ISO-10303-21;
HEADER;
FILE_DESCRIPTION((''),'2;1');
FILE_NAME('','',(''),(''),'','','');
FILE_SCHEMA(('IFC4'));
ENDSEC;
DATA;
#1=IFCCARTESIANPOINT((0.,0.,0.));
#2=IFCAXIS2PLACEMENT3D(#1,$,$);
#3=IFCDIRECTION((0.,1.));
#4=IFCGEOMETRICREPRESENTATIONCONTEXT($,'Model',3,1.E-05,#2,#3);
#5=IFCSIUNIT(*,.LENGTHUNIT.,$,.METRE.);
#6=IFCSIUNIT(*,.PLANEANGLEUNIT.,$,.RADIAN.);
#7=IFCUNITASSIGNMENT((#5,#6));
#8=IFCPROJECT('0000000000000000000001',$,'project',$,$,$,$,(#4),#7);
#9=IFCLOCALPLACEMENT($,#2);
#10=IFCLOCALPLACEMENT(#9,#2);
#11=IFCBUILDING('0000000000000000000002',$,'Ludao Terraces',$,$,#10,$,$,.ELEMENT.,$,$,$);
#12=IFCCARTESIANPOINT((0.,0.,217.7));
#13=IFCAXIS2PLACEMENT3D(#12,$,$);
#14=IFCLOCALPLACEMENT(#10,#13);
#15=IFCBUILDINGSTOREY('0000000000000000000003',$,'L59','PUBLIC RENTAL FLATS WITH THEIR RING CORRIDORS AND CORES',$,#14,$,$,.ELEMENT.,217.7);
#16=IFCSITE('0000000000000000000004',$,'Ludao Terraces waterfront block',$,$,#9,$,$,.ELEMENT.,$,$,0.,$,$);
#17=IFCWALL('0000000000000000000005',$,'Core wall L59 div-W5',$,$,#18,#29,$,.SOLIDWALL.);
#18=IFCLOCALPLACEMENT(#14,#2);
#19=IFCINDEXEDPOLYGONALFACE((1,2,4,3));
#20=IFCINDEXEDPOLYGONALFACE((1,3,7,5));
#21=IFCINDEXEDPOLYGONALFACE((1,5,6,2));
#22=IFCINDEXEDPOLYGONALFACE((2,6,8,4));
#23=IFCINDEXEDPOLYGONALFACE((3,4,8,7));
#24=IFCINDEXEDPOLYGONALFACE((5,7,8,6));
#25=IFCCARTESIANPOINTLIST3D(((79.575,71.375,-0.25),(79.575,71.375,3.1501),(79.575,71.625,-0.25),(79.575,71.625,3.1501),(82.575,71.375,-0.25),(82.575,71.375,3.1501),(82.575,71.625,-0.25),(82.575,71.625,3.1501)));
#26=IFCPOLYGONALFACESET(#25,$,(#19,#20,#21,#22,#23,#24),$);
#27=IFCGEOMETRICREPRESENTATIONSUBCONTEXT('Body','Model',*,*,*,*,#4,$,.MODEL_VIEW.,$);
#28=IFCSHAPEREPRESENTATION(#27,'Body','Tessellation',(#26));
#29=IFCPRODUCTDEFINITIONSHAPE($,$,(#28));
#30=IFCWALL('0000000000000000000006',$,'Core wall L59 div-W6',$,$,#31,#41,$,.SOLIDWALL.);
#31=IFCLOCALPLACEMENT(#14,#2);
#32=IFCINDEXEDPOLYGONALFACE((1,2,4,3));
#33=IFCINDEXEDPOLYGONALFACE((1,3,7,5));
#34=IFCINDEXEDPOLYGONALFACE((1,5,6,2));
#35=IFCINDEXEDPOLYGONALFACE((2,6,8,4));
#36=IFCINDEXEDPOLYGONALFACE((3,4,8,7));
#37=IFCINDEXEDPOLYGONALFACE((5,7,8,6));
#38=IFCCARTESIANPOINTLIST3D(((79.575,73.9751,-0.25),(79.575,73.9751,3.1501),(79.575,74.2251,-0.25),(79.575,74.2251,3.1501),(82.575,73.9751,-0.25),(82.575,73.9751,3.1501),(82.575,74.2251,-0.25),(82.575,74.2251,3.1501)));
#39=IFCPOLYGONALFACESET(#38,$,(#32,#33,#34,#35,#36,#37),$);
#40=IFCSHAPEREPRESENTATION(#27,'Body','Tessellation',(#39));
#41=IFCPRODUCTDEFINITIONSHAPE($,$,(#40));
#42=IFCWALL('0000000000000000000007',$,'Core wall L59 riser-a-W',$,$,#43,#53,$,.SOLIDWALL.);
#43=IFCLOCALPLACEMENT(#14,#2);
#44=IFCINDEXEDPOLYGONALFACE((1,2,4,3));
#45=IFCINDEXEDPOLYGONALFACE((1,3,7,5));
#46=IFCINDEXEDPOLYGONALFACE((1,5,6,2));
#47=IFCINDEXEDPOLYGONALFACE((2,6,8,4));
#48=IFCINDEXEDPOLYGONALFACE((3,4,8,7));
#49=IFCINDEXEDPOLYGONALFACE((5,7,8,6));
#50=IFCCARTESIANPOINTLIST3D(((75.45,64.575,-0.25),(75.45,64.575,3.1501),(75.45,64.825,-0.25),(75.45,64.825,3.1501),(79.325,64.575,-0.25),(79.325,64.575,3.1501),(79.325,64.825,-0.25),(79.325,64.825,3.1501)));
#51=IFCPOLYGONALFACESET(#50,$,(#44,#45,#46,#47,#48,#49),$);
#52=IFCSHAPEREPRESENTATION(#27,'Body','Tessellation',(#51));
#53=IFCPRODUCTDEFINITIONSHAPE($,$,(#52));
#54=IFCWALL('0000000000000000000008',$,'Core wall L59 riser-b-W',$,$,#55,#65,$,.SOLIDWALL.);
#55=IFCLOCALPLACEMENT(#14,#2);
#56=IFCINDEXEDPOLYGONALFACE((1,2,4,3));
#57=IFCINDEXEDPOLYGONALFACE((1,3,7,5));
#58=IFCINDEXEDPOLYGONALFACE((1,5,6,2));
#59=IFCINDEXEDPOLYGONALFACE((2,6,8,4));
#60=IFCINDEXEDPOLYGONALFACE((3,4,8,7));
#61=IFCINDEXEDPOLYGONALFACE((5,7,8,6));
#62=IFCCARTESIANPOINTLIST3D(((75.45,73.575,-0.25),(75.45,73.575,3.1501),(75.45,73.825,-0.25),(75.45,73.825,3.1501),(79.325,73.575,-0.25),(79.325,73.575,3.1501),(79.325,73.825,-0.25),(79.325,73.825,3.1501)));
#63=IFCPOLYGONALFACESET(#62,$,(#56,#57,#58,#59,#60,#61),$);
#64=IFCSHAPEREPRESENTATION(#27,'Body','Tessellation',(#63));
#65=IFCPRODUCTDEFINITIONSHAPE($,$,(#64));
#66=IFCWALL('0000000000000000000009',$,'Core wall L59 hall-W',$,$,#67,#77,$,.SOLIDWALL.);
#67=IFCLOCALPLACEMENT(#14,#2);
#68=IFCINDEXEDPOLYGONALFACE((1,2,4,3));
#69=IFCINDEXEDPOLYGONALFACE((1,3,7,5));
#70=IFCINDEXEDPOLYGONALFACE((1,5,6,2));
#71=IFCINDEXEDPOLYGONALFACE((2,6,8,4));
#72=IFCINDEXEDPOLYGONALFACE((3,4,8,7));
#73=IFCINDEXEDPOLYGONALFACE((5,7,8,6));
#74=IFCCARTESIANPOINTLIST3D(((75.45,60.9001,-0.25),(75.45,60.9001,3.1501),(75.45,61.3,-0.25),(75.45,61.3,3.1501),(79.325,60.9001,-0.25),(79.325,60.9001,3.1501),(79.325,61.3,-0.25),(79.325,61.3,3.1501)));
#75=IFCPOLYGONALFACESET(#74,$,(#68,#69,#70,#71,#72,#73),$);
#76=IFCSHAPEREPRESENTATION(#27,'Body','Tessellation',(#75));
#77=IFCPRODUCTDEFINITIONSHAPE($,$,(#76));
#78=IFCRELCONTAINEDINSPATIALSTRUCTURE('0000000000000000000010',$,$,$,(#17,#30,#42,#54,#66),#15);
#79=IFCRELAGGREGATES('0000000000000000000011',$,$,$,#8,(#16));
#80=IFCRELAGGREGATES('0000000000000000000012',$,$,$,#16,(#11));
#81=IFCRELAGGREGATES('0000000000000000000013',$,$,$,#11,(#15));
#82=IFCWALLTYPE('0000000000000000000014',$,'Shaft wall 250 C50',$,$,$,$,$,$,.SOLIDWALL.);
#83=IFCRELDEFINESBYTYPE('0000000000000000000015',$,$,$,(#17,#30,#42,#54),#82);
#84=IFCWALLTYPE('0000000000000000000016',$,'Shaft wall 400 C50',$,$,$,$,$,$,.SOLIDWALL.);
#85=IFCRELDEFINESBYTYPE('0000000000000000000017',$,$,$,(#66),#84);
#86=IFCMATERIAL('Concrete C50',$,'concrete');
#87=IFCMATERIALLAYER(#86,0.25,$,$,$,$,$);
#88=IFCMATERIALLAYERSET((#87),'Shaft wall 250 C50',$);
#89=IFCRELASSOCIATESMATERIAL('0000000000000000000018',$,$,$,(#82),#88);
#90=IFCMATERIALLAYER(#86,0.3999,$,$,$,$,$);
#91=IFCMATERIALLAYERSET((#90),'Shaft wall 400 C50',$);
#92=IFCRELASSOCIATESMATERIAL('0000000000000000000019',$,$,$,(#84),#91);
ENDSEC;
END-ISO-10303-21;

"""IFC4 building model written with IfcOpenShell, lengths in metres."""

from ifc_helpers import new_model, si_unit, direction, frame, frame_2d, origin, place, context, subcontext, project, spatial, rectangle, extrude, material, layer, layer_set, type_object, element, save


model = new_model("IFC4")

# Units and contexts
model_context = context("Model", 3, precision=1e-05, world=origin(), true_north=direction((0.0, 1.0)))
body_context = subcontext(model_context, "Body", "Model", "MODEL_VIEW")
ifc_project = project(units=[si_unit("LENGTHUNIT", "METRE"), si_unit("PLANEANGLEUNIT", "RADIAN")], contexts=[model_context])

# Site, building, storey
site_placement = place(None, origin())
site = spatial("IfcSite", under=ifc_project, at=site_placement, Name="Ludao Terraces waterfront block", CompositionType="ELEMENT", RefElevation=0.0)
building_placement = place(site_placement, origin())
building = spatial("IfcBuilding", under=site, at=building_placement, Name="Ludao Terraces", CompositionType="ELEMENT")
storey_placement = place(building_placement, frame((0.0, 0.0, 217.7)))
storey = spatial("IfcBuildingStorey", under=building, at=storey_placement, Name="L59", Description="PUBLIC RENTAL FLATS WITH THEIR RING CORRIDORS AND CORES", CompositionType="ELEMENT", Elevation=217.7)

# Shared definitions
ifc_material_1 = material(Name="Concrete C50", Category="concrete")
ifc_layer_1 = layer(ifc_material_1, 0.25)
ifc_layer_set_1 = layer_set([ifc_layer_1], Name="Shaft wall 250 C50")
wall_type_1 = type_object("IfcWallType", Name="Shaft wall 250 C50", PredefinedType="SOLIDWALL", material=ifc_layer_set_1)

# Walls
for number, where, z_axis, x_axis, name in (
    (1, (79.575, 71.5, -0.25), (0.0, 0.0, 1.0), (1.0, 0.0, 0.0), "Core wall L59 div-W5"),
    (2, (79.575, 74.1001, -0.25), (0.0, 0.0, 1.0), (1.0, 0.0, 0.0), "Core wall L59 div-W6"),
):
    element("IfcWall", number, at=place(storey_placement, frame(where, z_axis=z_axis, x_axis=x_axis)), inside=storey, type_object=wall_type_1, Name=name, PredefinedType="SOLIDWALL", context=body_context, shape_type="SweptSolid", body=[
        extrude(rectangle(XDim=3.0, YDim=0.25, at=frame_2d((1.5, 0.0))), origin(), (0.0, 0.0, 1.0), 3.4001),
    ])
for number, where, z_axis, x_axis, name in (
    (3, (75.45, 64.7, -0.25), (0.0, 0.0, 1.0), (1.0, 0.0, 0.0), "Core wall L59 riser-a-W"),
    (4, (75.45, 73.7, -0.25), (0.0, 0.0, 1.0), (1.0, 0.0, 0.0), "Core wall L59 riser-b-W"),
):
    element("IfcWall", number, at=place(storey_placement, frame(where, z_axis=z_axis, x_axis=x_axis)), inside=storey, type_object=wall_type_1, Name=name, PredefinedType="SOLIDWALL", context=body_context, shape_type="SweptSolid", body=[
        extrude(rectangle(XDim=3.875, YDim=0.25, at=frame_2d((1.9375, 0.0))), origin(), (0.0, 0.0, 1.0), 3.4001),
    ])
ifc_layer_2 = layer(ifc_material_1, 0.3999)
ifc_layer_set_2 = layer_set([ifc_layer_2], Name="Shaft wall 400 C50")
wall_type_2 = type_object("IfcWallType", Name="Shaft wall 400 C50", PredefinedType="SOLIDWALL", material=ifc_layer_set_2)
wall_1_placement = place(storey_placement, frame((75.45, 61.1001, -0.25), z_axis=(0.0, 0.0, 1.0), x_axis=(1.0, 0.0, 0.0)))
element("IfcWall", 5, at=wall_1_placement, inside=storey, type_object=wall_type_2, Name="Core wall L59 hall-W", PredefinedType="SOLIDWALL", context=body_context, shape_type="SweptSolid", body=[
    extrude(rectangle(XDim=3.875, YDim=0.3999, at=frame_2d((1.9375, 0.0))), origin(), (0.0, 0.0, 1.0), 3.4001),
])

save(model, "model.ifc")
